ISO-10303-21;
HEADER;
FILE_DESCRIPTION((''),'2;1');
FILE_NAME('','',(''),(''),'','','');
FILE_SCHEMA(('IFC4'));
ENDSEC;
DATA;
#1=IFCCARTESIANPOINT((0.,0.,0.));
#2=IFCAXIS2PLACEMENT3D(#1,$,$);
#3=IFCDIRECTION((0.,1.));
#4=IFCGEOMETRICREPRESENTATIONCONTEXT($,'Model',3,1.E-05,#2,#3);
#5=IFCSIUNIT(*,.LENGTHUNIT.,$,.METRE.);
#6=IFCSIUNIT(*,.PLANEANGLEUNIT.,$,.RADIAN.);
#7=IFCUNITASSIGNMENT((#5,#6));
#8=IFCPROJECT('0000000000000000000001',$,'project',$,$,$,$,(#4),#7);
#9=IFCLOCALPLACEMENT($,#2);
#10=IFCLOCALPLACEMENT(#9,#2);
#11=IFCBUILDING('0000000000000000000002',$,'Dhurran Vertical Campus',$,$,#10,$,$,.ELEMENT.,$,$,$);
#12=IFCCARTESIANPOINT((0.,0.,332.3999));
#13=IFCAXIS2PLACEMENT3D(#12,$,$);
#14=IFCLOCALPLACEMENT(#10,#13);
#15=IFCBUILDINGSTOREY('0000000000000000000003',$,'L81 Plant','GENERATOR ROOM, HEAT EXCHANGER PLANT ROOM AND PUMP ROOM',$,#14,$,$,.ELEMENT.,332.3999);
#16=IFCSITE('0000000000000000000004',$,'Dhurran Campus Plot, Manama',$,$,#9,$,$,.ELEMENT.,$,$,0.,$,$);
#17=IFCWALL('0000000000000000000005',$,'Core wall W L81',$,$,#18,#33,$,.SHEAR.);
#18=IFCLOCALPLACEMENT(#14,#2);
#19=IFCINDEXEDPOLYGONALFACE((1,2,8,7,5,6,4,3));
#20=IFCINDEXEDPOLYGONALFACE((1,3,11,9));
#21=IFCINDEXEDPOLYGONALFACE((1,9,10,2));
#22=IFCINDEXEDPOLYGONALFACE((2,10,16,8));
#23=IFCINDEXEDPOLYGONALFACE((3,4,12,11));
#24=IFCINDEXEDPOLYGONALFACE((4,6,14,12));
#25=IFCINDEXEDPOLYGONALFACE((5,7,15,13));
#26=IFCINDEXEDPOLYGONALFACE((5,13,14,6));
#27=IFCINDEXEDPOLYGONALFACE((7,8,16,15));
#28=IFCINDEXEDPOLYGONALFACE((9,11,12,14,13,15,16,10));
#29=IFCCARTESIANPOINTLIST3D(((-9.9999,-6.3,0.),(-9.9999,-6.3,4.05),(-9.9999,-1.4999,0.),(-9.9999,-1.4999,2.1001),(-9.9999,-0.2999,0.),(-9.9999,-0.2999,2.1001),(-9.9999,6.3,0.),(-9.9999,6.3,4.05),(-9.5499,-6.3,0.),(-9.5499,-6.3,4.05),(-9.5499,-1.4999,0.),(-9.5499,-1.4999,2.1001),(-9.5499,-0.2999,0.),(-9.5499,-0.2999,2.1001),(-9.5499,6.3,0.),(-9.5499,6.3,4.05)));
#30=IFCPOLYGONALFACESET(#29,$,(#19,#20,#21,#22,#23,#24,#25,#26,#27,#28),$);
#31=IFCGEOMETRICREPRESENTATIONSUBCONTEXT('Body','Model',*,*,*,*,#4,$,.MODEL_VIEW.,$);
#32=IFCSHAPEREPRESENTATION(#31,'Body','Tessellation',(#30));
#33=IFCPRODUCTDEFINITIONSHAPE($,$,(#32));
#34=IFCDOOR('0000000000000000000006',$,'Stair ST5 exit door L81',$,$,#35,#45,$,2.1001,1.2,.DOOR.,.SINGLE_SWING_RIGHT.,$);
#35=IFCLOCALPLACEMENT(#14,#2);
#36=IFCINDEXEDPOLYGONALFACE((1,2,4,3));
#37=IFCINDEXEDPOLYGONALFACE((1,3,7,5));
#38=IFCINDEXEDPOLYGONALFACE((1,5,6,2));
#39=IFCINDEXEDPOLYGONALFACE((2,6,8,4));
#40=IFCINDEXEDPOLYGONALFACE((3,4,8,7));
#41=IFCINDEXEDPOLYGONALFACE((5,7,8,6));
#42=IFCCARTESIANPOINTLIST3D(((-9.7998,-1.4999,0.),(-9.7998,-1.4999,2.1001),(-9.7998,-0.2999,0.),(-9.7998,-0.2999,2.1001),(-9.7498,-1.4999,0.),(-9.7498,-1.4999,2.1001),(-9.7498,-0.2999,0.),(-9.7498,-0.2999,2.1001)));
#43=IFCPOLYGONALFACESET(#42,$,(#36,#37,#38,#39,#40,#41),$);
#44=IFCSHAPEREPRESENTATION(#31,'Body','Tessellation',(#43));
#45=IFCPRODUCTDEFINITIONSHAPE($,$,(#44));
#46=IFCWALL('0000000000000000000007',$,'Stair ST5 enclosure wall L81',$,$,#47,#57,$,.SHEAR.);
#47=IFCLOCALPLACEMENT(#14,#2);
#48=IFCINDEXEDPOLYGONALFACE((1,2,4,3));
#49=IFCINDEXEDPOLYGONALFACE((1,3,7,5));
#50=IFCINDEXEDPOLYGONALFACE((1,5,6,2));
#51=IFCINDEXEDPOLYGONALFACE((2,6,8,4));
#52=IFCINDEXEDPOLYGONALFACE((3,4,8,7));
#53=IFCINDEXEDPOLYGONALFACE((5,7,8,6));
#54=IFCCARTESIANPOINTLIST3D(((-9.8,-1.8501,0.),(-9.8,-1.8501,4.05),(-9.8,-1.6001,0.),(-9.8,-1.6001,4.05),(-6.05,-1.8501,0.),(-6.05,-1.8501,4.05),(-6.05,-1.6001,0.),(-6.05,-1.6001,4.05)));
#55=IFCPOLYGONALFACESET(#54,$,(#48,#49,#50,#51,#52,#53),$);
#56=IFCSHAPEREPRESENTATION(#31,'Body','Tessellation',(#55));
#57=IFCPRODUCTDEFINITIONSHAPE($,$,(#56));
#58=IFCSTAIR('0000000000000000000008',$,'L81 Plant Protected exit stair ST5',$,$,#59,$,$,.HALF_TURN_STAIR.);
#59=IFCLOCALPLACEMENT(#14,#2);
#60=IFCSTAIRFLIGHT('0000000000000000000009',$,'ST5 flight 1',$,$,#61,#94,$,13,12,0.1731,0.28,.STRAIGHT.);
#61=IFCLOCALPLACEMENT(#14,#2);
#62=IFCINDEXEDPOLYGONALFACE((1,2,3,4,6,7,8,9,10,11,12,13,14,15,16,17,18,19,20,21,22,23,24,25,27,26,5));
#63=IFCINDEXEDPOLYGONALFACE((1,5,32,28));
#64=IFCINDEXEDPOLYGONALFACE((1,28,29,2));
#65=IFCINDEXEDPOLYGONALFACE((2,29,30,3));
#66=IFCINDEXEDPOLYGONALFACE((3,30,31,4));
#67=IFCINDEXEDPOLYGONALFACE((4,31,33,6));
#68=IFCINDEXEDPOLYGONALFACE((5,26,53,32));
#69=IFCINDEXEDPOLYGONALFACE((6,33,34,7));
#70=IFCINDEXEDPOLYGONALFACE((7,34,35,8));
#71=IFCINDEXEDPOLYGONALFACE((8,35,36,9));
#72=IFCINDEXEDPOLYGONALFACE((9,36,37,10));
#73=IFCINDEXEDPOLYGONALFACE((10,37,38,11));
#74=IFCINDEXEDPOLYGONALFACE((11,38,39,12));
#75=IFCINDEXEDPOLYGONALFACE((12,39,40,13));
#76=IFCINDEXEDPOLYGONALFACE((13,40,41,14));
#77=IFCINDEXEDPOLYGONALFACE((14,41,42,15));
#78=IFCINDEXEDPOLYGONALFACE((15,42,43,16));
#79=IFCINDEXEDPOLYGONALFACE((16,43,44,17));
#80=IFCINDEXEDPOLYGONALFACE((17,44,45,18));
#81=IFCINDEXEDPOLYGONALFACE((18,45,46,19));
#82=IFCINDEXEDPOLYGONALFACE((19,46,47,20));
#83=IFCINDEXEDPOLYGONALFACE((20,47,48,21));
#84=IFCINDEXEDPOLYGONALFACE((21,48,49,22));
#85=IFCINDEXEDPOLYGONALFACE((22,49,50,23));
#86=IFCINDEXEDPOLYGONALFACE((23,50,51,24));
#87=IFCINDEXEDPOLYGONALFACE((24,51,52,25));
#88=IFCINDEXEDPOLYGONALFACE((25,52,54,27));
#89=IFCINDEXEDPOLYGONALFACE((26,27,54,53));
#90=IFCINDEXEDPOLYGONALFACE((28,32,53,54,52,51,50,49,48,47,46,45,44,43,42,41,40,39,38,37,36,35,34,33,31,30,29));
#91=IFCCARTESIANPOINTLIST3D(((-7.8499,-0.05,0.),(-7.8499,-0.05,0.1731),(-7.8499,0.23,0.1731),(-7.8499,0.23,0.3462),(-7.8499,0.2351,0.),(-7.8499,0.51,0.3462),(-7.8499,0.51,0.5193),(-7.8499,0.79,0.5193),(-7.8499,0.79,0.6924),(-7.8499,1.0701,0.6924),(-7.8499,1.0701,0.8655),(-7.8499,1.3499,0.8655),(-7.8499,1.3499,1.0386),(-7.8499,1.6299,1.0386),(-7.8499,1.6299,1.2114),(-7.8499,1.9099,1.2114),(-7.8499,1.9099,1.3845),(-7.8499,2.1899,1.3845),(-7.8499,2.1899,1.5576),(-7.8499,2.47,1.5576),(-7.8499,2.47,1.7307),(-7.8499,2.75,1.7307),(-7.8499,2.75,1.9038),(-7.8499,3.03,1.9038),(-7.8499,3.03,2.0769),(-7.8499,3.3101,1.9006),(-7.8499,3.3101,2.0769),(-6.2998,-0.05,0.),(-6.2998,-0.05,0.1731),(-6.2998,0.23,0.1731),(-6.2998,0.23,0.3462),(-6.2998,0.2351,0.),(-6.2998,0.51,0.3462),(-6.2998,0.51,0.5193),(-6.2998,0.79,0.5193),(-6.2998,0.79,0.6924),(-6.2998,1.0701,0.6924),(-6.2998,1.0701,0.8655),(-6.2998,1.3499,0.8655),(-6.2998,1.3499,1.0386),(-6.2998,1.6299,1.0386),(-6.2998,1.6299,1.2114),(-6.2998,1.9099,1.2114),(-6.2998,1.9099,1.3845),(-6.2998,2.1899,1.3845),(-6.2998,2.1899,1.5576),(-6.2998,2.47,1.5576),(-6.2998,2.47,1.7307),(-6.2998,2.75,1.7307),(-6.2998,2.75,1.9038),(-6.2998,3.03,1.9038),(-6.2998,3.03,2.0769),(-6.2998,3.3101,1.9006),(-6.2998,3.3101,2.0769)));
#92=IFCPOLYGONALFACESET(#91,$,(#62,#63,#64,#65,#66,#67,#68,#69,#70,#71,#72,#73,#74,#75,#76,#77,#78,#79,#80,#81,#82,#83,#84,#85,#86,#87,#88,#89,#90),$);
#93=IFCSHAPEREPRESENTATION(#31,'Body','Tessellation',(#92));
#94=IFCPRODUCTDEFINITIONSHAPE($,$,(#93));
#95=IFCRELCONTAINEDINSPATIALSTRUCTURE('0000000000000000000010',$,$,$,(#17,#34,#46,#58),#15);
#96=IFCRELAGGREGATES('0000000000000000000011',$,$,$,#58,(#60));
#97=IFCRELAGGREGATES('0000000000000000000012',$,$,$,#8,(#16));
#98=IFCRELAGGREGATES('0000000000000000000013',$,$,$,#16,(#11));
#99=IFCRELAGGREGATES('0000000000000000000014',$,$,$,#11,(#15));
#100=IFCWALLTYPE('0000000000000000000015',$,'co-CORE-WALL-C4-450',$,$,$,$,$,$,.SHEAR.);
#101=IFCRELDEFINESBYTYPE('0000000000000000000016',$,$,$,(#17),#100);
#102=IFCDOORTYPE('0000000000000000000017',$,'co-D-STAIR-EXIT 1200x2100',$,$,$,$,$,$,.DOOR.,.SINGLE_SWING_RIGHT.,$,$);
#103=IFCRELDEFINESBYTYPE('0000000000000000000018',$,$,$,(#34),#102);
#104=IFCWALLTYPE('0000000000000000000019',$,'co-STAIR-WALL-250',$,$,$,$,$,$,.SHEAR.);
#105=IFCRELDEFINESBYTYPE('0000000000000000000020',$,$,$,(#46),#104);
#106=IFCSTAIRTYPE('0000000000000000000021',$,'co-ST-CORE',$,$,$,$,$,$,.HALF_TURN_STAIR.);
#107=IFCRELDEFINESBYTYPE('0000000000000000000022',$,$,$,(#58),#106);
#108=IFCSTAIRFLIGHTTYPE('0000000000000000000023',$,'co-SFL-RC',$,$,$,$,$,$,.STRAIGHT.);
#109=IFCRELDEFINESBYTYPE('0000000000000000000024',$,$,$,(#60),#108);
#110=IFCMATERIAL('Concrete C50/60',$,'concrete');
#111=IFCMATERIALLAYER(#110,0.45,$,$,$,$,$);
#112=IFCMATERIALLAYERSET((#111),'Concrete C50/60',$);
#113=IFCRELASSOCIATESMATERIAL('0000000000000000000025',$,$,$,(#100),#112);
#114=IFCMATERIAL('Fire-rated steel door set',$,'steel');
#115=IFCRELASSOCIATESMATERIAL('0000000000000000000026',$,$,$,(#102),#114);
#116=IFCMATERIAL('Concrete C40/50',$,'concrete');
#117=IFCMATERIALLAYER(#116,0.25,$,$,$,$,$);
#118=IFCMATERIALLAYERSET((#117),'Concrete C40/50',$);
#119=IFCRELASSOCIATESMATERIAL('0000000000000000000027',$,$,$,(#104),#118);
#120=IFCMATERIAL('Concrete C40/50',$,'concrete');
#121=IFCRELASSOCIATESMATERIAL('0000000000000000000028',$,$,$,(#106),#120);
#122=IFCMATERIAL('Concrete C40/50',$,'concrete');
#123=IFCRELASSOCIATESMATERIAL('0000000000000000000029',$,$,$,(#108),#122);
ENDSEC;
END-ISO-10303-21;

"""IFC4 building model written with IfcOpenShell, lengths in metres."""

from ifc_helpers import new_model, si_unit, direction, frame, frame_2d, origin, place, context, subcontext, project, spatial, polyline, rectangle, outline, extrude, material, layer, layer_set, type_object, element, fill, aggregate, save


model = new_model("IFC4")

# Units and contexts
model_context = context("Model", 3, precision=1e-05, world=origin(), true_north=direction((0.0, 1.0)))
body_context = subcontext(model_context, "Body", "Model", "MODEL_VIEW")
ifc_project = project(units=[si_unit("LENGTHUNIT", "METRE"), si_unit("PLANEANGLEUNIT", "RADIAN")], contexts=[model_context])

# Site, building, storey
site_placement = place(None, origin())
site = spatial("IfcSite", under=ifc_project, at=site_placement, Name="Dhurran Campus Plot, Manama", CompositionType="ELEMENT", RefElevation=0.0)
building_placement = place(site_placement, origin())
building = spatial("IfcBuilding", under=site, at=building_placement, Name="Dhurran Vertical Campus", CompositionType="ELEMENT")
storey_placement = place(building_placement, frame((0.0, 0.0, 332.3999)))
storey = spatial("IfcBuildingStorey", under=building, at=storey_placement, Name="L81 Plant", Description="GENERATOR ROOM, HEAT EXCHANGER PLANT ROOM AND PUMP ROOM", CompositionType="ELEMENT", Elevation=332.3999)

# Shared definitions
ifc_material_1 = material(Name="Concrete C50/60", Category="concrete")
ifc_layer_1 = layer(ifc_material_1, 0.45)
ifc_layer_set_1 = layer_set([ifc_layer_1], Name="Concrete C50/60")
wall_type_1 = type_object("IfcWallType", Name="co-CORE-WALL-C4-450", PredefinedType="SHEAR", material=ifc_layer_set_1)

# Wall, opening, door
wall_1_placement = place(storey_placement, frame((-9.7749, -6.3, 0.0), z_axis=(0.0, 0.0, 1.0), x_axis=(0.0, 1.0, 0.0)))
wall_1 = element("IfcWall", 1, at=wall_1_placement, inside=storey, type_object=wall_type_1, Name="Core wall W L81", PredefinedType="SHEAR", context=body_context, shape_type="SweptSolid", body=[
    extrude(rectangle(XDim=12.6001, YDim=0.45, at=frame_2d((6.3, 0.0))), origin(), (0.0, 0.0, 1.0), 4.05),
])
opening_1_placement = place(wall_1_placement, frame((4.8, 0.0, 0.0)))
opening_1 = element("IfcOpeningElement", 2, at=opening_1_placement, cuts=wall_1, PredefinedType="OPENING", context=body_context, shape_type="SweptSolid", body=[
    extrude(rectangle(XDim=1.2, YDim=2.1001, at=frame_2d((0.6001, 1.05))), frame((0.0, 0.2349, 0.0), z_axis=(0.0, -1.0, 0.0), x_axis=(1.0, 0.0, 0.0)), (0.0, 0.0, 1.0), 0.47),
])
ifc_material_2 = material(Name="Fire-rated steel door set", Category="steel")
door_type = type_object("IfcDoorType", Name="co-D-STAIR-EXIT 1200x2100", OperationType="SINGLE_SWING_RIGHT", PredefinedType="DOOR", material=ifc_material_2)
door_placement = place(opening_1_placement, origin())
door = element("IfcDoor", 3, at=door_placement, inside=storey, type_object=door_type, Name="Stair ST5 exit door L81", OperationType="SINGLE_SWING_RIGHT", OverallHeight=2.1001, OverallWidth=1.2, PredefinedType="DOOR", context=body_context, shape_type="SweptSolid", body=[
    extrude(rectangle(XDim=1.2, YDim=2.1001, at=frame_2d((0.6001, 1.05))), frame((0.0, 0.0249, 0.0), z_axis=(0.0, -1.0, 0.0), x_axis=(1.0, 0.0, 0.0)), (0.0, 0.0, 1.0), 0.05),
])
fill(opening_1, door)

# Wall
ifc_material_3 = material(Name="Concrete C40/50", Category="concrete")
ifc_layer_2 = layer(ifc_material_3, 0.25)
ifc_layer_set_2 = layer_set([ifc_layer_2], Name="Concrete C40/50")
wall_type_2 = type_object("IfcWallType", Name="co-STAIR-WALL-250", PredefinedType="SHEAR", material=ifc_layer_set_2)
wall_2_placement = place(storey_placement, frame((-9.8, -1.7251, 0.0), z_axis=(0.0, 0.0, 1.0), x_axis=(1.0, 0.0, 0.0)))
element("IfcWall", 4, at=wall_2_placement, inside=storey, type_object=wall_type_2, Name="Stair ST5 enclosure wall L81", PredefinedType="SHEAR", context=body_context, shape_type="SweptSolid", body=[
    extrude(rectangle(XDim=3.75, YDim=0.25, at=frame_2d((1.875, 0.0))), origin(), (0.0, 0.0, 1.0), 4.05),
])

# Stair, stair flight
ifc_material_4 = material(Name="Concrete C40/50", Category="concrete")
stair_type = type_object("IfcStairType", Name="co-ST-CORE", PredefinedType="HALF_TURN_STAIR", material=ifc_material_4)
stair_placement = place(storey_placement, origin())
stair = element("IfcStair", 5, at=stair_placement, inside=storey, type_object=stair_type, Name="L81 Plant Protected exit stair ST5", PredefinedType="HALF_TURN_STAIR")
ifc_material_5 = material(Name="Concrete C40/50", Category="concrete")
stair_flight_type = type_object("IfcStairFlightType", Name="co-SFL-RC", PredefinedType="STRAIGHT", material=ifc_material_5)
stair_flight_placement = place(storey_placement, frame((-7.075, -0.05, 0.0), z_axis=(0.0, 0.0, 1.0), x_axis=(0.0, 1.0, 0.0)))
stair_flight = element("IfcStairFlight", 6, at=stair_flight_placement, type_object=stair_flight_type, Name="ST5 flight 1", NumberOfRisers=13, NumberOfTreads=12, PredefinedType="STRAIGHT", RiserHeight=0.1731, TreadLength=0.28, context=body_context, shape_type="SweptSolid", body=[
    extrude(outline(polyline([(0.0, 0.0), (0.0, 0.1731), (0.28, 0.1731), (0.28, 0.3462), (0.5601, 0.3462), (0.5601, 0.5193), (0.8401, 0.5193), (0.8401, 0.6924), (1.1201, 0.6924), (1.1201, 0.8655), (1.3999, 0.8655), (1.3999, 1.0386), (1.6799, 1.0386), (1.6799, 1.2114), (1.96, 1.2114), (1.96, 1.3845), (2.24, 1.3845), (2.24, 1.5576), (2.52, 1.5576), (2.52, 1.7307), (2.8, 1.7307), (2.8, 1.9038), (3.0801, 1.9038), (3.0801, 2.0769), (3.3601, 2.0769), (3.3601, 2.25), (3.3601, 1.9006), (0.2852, 0.0), (0.0, 0.0)])), frame((0.0, 0.7749, 0.0), z_axis=(0.0, -1.0, 0.0), x_axis=(1.0, 0.0, 0.0)), (0.0, 0.0, 1.0), 1.55),
])
aggregate(stair, [stair_flight])

save(model, "model.ifc")
